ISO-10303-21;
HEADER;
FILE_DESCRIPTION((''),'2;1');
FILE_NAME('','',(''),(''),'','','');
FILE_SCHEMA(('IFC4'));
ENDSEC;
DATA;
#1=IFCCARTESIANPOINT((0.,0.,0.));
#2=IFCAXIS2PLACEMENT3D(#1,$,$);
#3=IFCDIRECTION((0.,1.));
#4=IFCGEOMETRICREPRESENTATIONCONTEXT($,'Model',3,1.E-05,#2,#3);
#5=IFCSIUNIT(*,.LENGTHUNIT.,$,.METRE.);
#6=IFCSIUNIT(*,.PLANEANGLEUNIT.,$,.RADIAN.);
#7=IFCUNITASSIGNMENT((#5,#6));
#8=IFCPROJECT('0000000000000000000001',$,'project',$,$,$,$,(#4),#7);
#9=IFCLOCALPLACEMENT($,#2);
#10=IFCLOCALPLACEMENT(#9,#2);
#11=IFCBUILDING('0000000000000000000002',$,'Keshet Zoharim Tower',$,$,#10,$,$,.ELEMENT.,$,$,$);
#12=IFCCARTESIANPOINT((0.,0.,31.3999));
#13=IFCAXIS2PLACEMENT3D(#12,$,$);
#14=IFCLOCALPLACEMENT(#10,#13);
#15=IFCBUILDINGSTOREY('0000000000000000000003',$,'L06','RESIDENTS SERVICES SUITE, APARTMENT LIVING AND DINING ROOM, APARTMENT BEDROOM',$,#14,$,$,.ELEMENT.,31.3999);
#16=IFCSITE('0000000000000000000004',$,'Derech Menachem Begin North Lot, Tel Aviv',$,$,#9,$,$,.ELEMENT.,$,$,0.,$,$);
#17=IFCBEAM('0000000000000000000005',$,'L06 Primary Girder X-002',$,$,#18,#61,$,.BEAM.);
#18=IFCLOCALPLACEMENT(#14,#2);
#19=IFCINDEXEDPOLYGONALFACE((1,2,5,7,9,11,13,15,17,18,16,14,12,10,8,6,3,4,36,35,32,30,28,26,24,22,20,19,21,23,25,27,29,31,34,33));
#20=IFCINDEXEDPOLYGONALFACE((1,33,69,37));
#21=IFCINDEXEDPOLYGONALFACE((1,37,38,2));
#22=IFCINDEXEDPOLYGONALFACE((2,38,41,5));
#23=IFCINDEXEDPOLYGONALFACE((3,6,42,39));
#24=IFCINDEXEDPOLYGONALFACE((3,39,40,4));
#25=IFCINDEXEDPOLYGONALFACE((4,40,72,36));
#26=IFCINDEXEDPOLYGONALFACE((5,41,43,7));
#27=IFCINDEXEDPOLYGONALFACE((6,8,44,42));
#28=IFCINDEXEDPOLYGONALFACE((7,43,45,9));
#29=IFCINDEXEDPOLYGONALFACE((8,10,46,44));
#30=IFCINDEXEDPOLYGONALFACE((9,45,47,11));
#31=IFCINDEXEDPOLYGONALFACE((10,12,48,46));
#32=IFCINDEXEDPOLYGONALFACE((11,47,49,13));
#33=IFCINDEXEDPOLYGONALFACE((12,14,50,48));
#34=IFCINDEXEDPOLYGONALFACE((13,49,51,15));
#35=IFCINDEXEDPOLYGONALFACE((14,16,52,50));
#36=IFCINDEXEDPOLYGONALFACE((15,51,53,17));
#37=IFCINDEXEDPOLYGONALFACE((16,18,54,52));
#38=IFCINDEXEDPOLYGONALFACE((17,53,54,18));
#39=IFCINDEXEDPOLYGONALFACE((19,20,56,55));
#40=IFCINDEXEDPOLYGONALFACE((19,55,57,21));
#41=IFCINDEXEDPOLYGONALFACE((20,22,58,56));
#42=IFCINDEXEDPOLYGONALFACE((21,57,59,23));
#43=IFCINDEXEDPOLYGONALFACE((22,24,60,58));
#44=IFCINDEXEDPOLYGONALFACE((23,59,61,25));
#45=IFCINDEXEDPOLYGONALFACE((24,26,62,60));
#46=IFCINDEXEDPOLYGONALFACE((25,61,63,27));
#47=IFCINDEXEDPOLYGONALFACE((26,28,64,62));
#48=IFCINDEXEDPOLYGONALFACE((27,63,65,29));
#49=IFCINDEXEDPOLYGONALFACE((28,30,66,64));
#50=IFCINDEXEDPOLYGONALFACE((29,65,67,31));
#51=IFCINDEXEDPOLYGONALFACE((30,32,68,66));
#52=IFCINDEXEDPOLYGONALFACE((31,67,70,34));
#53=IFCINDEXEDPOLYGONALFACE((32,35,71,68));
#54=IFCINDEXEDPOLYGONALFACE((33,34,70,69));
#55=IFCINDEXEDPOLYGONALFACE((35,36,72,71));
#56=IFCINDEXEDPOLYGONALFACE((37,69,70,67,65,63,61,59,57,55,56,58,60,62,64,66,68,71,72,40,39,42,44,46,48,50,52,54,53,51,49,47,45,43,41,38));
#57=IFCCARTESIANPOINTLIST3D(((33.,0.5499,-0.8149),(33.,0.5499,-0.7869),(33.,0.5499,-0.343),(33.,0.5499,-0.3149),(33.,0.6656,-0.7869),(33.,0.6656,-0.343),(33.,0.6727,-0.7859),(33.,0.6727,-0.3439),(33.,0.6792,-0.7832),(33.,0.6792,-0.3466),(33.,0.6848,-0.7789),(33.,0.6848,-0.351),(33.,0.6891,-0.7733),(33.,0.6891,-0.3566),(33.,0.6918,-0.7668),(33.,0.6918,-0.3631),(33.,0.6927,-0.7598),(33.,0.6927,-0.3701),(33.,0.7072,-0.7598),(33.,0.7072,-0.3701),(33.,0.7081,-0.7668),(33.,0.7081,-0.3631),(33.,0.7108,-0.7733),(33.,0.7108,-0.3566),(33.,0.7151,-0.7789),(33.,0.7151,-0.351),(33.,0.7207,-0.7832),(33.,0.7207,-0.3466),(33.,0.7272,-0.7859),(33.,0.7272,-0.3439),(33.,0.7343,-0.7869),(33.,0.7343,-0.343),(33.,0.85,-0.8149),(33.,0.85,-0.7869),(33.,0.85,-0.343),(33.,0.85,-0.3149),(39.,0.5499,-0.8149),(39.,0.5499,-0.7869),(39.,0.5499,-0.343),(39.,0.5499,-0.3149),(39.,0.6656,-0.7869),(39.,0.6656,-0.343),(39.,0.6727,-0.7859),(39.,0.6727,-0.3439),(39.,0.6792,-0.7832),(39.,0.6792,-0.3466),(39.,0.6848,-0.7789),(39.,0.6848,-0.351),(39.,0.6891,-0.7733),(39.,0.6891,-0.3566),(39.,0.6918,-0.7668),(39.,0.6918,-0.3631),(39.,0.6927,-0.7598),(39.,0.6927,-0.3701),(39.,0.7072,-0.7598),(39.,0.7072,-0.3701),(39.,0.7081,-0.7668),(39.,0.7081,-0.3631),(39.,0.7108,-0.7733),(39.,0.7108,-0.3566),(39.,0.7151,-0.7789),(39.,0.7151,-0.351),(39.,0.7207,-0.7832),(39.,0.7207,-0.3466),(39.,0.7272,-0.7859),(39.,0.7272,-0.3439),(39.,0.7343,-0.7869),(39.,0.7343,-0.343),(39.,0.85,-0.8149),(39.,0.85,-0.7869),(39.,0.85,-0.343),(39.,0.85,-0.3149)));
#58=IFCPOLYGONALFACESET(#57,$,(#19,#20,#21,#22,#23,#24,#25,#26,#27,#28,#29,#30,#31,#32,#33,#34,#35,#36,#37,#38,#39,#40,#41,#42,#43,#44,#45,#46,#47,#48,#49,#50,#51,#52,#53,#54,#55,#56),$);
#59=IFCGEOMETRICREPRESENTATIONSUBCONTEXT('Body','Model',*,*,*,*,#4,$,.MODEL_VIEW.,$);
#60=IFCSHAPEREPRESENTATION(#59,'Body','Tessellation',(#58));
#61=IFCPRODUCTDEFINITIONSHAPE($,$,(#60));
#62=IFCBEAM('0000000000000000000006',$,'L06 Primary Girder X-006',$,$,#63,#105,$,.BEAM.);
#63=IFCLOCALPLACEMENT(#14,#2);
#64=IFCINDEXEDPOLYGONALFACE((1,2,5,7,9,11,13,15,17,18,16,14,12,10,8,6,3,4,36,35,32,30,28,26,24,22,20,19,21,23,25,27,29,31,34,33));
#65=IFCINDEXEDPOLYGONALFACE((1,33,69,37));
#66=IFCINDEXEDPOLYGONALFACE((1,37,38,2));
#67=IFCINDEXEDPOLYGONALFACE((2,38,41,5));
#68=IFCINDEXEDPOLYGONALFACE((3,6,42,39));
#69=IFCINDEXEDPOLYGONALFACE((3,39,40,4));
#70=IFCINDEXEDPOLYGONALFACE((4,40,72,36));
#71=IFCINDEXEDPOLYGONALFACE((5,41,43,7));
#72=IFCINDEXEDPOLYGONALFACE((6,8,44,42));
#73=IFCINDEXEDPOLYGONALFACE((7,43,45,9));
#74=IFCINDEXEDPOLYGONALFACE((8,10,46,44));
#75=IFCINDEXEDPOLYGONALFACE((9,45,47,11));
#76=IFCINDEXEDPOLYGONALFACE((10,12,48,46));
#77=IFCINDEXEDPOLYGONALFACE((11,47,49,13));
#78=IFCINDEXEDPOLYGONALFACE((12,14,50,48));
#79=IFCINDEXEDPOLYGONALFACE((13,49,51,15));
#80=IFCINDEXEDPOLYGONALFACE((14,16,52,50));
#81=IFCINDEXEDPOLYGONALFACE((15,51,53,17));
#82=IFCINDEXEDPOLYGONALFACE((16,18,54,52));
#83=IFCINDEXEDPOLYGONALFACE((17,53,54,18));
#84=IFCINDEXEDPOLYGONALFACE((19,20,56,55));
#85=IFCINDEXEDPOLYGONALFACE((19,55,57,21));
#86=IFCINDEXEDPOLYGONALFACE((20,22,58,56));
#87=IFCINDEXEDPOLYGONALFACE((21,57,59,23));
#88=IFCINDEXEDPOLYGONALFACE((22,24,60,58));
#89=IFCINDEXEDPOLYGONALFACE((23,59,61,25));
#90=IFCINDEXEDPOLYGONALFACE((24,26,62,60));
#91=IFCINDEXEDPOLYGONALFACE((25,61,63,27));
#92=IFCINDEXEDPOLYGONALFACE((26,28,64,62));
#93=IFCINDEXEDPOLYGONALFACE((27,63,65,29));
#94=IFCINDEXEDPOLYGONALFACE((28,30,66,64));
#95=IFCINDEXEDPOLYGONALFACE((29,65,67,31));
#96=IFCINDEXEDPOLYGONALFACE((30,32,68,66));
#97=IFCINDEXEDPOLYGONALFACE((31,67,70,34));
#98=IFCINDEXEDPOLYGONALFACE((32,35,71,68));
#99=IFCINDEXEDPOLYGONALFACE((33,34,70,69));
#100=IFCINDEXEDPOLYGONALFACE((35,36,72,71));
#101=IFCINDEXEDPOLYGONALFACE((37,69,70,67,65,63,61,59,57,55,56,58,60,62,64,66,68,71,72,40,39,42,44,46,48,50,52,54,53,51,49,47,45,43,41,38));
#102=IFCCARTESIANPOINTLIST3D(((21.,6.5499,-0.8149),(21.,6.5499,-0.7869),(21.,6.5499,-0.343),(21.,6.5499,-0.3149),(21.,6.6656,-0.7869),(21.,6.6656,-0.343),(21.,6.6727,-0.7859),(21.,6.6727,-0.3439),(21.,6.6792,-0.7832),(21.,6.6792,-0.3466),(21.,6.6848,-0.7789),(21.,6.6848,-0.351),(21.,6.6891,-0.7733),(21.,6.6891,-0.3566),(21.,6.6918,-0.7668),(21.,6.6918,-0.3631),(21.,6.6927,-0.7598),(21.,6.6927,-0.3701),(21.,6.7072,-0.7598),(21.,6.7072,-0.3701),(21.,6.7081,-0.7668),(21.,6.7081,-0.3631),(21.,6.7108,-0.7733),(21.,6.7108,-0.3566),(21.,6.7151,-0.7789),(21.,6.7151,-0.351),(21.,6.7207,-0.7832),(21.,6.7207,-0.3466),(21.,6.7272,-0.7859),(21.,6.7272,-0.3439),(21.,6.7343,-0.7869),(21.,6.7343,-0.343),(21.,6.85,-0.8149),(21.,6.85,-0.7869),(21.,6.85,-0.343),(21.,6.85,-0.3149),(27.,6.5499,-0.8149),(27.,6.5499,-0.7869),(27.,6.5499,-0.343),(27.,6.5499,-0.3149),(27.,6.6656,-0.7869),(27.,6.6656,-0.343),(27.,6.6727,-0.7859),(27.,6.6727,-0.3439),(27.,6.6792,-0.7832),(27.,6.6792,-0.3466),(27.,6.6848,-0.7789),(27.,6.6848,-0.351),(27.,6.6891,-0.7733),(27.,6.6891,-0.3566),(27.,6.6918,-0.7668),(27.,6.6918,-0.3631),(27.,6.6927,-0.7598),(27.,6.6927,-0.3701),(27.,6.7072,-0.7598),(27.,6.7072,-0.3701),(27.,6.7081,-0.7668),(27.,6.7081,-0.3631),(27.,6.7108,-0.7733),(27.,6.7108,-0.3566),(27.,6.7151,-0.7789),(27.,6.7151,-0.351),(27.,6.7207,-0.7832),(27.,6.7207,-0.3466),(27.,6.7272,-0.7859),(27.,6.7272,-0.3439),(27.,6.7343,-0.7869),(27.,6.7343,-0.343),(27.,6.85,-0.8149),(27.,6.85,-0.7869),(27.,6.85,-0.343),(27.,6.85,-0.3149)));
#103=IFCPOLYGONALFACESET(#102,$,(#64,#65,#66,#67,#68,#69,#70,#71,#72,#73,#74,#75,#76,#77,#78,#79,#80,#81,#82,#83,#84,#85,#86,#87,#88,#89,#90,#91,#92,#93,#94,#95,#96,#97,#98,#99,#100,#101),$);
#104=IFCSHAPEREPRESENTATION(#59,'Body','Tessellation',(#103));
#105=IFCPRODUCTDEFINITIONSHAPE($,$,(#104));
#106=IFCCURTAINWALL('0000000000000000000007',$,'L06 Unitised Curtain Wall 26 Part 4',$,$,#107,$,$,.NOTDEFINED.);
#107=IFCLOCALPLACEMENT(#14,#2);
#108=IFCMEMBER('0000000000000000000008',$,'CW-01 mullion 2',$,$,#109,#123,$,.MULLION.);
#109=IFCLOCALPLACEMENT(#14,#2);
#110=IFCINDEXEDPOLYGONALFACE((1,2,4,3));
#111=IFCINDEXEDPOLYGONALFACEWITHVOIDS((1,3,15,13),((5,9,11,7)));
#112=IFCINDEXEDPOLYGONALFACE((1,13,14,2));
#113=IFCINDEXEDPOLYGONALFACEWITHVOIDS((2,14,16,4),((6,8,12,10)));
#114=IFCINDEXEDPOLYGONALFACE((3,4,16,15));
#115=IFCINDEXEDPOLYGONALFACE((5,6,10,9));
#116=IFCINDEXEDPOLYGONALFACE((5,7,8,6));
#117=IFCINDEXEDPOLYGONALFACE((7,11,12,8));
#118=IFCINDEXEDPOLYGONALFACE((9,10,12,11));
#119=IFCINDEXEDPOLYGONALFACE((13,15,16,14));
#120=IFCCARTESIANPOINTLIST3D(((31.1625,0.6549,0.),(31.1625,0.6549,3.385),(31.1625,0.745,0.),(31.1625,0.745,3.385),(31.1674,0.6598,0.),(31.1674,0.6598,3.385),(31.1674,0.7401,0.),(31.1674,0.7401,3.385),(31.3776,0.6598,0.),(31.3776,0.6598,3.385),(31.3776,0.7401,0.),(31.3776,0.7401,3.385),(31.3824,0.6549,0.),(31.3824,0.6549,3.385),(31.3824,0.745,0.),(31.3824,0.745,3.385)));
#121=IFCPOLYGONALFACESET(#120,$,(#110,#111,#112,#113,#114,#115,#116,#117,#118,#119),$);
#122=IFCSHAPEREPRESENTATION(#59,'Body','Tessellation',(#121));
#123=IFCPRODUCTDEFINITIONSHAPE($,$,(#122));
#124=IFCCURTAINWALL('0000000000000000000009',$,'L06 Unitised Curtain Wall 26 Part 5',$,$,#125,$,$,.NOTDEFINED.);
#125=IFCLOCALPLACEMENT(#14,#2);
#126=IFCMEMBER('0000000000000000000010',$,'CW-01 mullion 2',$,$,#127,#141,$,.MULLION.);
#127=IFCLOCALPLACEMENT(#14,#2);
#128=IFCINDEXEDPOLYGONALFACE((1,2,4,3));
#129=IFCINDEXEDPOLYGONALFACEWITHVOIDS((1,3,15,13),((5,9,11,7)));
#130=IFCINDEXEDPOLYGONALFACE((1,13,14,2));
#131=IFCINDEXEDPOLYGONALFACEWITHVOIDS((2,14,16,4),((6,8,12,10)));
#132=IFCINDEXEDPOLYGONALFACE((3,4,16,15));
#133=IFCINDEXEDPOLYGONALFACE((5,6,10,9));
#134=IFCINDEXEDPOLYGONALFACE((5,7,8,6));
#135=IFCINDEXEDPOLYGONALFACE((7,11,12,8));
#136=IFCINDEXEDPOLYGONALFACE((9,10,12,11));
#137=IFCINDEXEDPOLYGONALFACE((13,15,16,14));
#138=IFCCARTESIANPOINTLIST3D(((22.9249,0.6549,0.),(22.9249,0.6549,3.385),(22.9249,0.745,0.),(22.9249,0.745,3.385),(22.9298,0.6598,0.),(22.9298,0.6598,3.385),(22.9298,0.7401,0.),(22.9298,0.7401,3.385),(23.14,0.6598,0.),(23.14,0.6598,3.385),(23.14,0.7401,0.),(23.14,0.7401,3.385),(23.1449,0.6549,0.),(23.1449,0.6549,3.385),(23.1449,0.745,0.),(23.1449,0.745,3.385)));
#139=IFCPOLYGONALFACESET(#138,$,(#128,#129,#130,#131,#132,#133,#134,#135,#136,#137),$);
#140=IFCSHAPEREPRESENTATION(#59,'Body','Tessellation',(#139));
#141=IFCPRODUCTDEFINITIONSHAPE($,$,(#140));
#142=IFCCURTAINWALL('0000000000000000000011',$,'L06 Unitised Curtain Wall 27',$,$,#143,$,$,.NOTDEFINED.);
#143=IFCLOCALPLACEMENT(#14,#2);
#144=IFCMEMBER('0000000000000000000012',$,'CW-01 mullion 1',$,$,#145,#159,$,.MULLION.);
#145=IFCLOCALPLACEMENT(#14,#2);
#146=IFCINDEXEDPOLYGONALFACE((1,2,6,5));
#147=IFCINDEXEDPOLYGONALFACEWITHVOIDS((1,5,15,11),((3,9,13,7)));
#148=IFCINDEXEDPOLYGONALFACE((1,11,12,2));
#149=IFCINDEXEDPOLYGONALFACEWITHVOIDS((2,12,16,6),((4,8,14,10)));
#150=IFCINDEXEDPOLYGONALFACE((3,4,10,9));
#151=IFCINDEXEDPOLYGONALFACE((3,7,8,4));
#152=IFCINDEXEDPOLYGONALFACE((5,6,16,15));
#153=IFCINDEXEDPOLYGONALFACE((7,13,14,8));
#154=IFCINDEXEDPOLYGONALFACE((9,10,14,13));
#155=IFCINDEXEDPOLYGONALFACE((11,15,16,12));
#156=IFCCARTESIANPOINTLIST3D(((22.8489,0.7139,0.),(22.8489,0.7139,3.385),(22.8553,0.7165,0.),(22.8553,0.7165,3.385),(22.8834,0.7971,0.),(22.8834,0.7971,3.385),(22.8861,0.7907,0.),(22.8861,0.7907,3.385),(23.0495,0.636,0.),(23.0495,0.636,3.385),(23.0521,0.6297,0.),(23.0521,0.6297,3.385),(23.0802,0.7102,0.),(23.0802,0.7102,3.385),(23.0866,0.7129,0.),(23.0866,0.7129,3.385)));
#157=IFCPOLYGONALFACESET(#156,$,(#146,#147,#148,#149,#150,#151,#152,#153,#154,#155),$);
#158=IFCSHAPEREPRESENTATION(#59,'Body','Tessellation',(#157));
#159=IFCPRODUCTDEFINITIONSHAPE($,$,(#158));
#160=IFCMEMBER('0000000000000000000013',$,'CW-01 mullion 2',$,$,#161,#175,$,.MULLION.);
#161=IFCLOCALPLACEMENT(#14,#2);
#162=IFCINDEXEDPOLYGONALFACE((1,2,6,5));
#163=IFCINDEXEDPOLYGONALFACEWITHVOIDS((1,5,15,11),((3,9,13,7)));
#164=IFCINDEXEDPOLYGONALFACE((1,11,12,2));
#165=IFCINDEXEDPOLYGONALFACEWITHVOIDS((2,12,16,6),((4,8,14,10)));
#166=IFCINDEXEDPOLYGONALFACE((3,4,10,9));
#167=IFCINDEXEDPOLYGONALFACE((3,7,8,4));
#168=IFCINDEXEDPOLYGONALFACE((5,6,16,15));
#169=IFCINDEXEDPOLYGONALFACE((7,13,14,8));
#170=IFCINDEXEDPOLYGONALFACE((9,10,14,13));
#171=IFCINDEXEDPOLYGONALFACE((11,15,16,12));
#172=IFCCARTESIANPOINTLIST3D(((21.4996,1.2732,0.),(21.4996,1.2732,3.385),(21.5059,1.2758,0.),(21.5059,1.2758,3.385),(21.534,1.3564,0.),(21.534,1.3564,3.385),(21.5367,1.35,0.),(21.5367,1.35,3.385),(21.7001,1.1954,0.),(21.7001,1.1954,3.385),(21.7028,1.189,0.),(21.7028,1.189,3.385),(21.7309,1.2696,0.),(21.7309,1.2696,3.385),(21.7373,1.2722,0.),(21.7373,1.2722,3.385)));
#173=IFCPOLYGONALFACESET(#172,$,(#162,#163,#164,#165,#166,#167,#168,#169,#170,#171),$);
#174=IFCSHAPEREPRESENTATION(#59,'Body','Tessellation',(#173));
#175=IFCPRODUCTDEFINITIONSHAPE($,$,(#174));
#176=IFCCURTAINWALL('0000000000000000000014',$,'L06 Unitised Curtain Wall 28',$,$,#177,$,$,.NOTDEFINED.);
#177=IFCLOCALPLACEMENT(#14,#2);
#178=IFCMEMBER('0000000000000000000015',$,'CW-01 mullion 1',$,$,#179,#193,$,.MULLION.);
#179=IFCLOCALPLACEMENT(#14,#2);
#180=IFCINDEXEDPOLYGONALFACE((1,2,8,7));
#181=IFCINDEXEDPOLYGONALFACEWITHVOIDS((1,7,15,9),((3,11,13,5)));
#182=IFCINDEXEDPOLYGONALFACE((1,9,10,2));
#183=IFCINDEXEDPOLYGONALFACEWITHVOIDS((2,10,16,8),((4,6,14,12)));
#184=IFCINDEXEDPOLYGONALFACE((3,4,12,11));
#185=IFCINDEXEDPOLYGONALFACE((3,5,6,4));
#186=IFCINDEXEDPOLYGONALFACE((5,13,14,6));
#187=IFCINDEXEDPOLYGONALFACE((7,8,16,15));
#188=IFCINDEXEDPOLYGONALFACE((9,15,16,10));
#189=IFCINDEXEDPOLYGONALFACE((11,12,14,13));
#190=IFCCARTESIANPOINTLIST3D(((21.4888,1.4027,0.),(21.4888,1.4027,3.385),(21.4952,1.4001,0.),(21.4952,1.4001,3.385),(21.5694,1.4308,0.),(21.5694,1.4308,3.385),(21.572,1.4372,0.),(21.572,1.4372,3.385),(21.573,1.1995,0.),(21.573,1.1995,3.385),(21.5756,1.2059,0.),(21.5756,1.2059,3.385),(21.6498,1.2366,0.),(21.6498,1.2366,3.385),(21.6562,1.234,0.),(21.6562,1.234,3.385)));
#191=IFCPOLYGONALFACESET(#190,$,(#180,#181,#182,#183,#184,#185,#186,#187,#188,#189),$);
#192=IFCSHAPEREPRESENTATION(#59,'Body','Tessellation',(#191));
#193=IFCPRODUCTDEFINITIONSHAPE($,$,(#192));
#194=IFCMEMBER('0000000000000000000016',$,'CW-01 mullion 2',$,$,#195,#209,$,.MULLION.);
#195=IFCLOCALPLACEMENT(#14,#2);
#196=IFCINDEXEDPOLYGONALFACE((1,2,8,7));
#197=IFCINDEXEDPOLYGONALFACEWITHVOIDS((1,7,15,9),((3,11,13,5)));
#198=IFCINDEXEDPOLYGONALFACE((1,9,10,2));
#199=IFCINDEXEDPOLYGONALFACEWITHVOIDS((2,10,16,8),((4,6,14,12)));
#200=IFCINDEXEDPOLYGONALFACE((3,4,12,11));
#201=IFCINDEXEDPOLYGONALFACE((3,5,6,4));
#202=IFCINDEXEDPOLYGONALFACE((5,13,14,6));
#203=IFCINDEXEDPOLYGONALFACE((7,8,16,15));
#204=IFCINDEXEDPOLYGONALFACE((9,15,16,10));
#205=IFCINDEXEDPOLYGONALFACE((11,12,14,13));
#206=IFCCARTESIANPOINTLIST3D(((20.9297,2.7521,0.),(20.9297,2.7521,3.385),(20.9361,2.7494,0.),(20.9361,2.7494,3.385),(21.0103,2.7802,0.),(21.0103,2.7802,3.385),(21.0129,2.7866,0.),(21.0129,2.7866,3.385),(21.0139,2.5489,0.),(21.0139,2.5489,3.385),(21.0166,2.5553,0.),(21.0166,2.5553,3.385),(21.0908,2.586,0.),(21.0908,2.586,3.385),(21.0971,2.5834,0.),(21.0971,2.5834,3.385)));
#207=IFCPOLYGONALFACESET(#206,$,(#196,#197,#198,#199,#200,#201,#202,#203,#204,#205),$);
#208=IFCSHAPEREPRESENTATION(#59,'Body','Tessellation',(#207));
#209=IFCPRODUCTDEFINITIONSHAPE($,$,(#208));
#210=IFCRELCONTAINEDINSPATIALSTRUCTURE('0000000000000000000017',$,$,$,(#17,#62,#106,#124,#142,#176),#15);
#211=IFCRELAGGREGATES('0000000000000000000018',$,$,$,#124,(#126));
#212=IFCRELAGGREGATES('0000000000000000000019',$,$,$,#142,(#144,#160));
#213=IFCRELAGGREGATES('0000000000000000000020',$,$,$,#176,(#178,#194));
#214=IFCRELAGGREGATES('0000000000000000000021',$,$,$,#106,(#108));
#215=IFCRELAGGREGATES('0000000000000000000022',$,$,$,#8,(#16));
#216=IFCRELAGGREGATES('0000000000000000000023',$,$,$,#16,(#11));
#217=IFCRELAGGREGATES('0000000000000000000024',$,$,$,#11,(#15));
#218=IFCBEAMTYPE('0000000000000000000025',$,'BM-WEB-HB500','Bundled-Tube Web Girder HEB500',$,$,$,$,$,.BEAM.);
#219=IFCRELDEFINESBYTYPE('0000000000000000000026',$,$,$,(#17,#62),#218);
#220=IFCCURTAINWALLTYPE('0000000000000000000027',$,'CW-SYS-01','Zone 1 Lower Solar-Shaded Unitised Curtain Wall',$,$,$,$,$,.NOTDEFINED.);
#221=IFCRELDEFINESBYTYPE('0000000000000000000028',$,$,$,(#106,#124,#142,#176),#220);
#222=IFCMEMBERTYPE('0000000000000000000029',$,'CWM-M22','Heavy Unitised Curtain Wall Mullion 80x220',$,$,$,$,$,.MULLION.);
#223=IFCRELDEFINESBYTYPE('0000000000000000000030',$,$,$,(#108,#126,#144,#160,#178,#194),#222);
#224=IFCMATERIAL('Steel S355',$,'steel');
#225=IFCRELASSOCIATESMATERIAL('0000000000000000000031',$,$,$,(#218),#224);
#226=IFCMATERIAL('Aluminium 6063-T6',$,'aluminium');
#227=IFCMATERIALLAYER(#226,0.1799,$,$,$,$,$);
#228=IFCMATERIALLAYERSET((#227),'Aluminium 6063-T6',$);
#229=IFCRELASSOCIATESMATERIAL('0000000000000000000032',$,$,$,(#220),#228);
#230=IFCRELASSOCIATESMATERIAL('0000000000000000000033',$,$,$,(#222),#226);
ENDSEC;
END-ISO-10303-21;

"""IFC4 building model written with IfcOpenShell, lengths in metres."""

from ifc_helpers import new_model, si_unit, direction, frame, origin, origin_2d, place, context, subcontext, project, spatial, hollow_rectangle, i_section, extrude, material, layer, layer_set, material_profile, profile_set, type_object, element, aggregate, save


model = new_model("IFC4")

# Units and contexts
model_context = context("Model", 3, precision=1e-05, world=origin(), true_north=direction((0.0, 1.0)))
body_context = subcontext(model_context, "Body", "Model", "MODEL_VIEW")
ifc_project = project(units=[si_unit("LENGTHUNIT", "METRE"), si_unit("PLANEANGLEUNIT", "RADIAN")], contexts=[model_context])

# Site, building, storey
site_placement = place(None, origin())
site = spatial("IfcSite", under=ifc_project, at=site_placement, Name="Derech Menachem Begin North Lot, Tel Aviv", CompositionType="ELEMENT", RefElevation=0.0)
building_placement = place(site_placement, origin())
building = spatial("IfcBuilding", under=site, at=building_placement, Name="Keshet Zoharim Tower", CompositionType="ELEMENT")
storey_placement = place(building_placement, frame((0.0, 0.0, 31.3999)))
storey = spatial("IfcBuildingStorey", under=building, at=storey_placement, Name="L06", Description="RESIDENTS SERVICES SUITE, APARTMENT LIVING AND DINING ROOM, APARTMENT BEDROOM", CompositionType="ELEMENT", Elevation=31.3999)

# Shared definitions
ifc_material_1 = material(Name="Steel S355", Category="steel")

# Beams
ifc_material_profile_1 = material_profile(ifc_material_1, i_section(OverallWidth=0.3, OverallDepth=0.5, WebThickness=0.0144, FlangeThickness=0.0281, FilletRadius=0.0271, at=origin_2d()), Name="HEB500")
ifc_profile_set_1 = profile_set([ifc_material_profile_1], Name="Steel S355")
beam_type_1 = type_object("IfcBeamType", Name="BM-WEB-HB500", Description="Bundled-Tube Web Girder HEB500", PredefinedType="BEAM", material=ifc_profile_set_1)
for number, where, z_axis, x_axis, name in (
    (1, (33.0, 0.7, -0.5649), (1.0, 0.0, 0.0), (0.0, 1.0, 0.0), "L06 Primary Girder X-002"),
    (2, (21.0, 6.7, -0.5649), (1.0, 0.0, 0.0), (0.0, 1.0, 0.0), "L06 Primary Girder X-006"),
):
    element("IfcBeam", number, at=place(storey_placement, frame(where, z_axis=z_axis, x_axis=x_axis)), inside=storey, type_object=beam_type_1, Name=name, PredefinedType="BEAM", context=body_context, shape_type="SweptSolid", body=[
        extrude(i_section(OverallWidth=0.3, OverallDepth=0.5, WebThickness=0.0144, FlangeThickness=0.0281, FilletRadius=0.0271, at=origin_2d()), origin(), (0.0, 0.0, 1.0), 6.0),
    ])

# Curtain walls, members
ifc_material_2 = material(Name="Aluminium 6063-T6", Category="aluminium")
ifc_layer_1 = layer(ifc_material_2, 0.1799)
ifc_layer_set_1 = layer_set([ifc_layer_1], Name="Aluminium 6063-T6")
curtain_wall_type = type_object("IfcCurtainWallType", Name="CW-SYS-01", Description="Zone 1 Lower Solar-Shaded Unitised Curtain Wall", PredefinedType="NOTDEFINED", material=ifc_layer_set_1)
curtain_wall_1_placement = place(storey_placement, origin())
curtain_wall_1 = element("IfcCurtainWall", 3, at=curtain_wall_1_placement, inside=storey, type_object=curtain_wall_type, Name="L06 Unitised Curtain Wall 26 Part 4", PredefinedType="NOTDEFINED")
ifc_material_profile_2 = material_profile(ifc_material_2, hollow_rectangle(XDim=0.0901, YDim=0.22, WallThickness=0.0049, at=origin_2d()), Name="MUL-90x220")
ifc_profile_set_2 = profile_set([ifc_material_profile_2], Name="Aluminium 6063-T6")
member_type_1 = type_object("IfcMemberType", Name="CWM-M22", Description="Heavy Unitised Curtain Wall Mullion 80x220", PredefinedType="MULLION", material=ifc_profile_set_2)
member_1_placement = place(storey_placement, frame((31.2725, 0.7, 0.0), z_axis=(0.0, 0.0, 1.0), x_axis=(0.0, -1.0, 0.0)))
member_1 = element("IfcMember", 4, at=member_1_placement, type_object=member_type_1, Name="CW-01 mullion 2", PredefinedType="MULLION", context=body_context, shape_type="SweptSolid", body=[
    extrude(hollow_rectangle(XDim=0.0901, YDim=0.22, WallThickness=0.0049, at=origin_2d()), origin(), (0.0, 0.0, 1.0), 3.385),
])
curtain_wall_2_placement = place(storey_placement, origin())
curtain_wall_2 = element("IfcCurtainWall", 5, at=curtain_wall_2_placement, inside=storey, type_object=curtain_wall_type, Name="L06 Unitised Curtain Wall 26 Part 5", PredefinedType="NOTDEFINED")
member_2_placement = place(storey_placement, frame((23.0349, 0.7, 0.0), z_axis=(0.0, 0.0, 1.0), x_axis=(0.0, -1.0, 0.0)))
member_2 = element("IfcMember", 6, at=member_2_placement, type_object=member_type_1, Name="CW-01 mullion 2", PredefinedType="MULLION", context=body_context, shape_type="SweptSolid", body=[
    extrude(hollow_rectangle(XDim=0.0901, YDim=0.22, WallThickness=0.0049, at=origin_2d()), origin(), (0.0, 0.0, 1.0), 3.385),
])

# Curtain walls, members
curtain_wall_3_placement = place(storey_placement, origin())
curtain_wall_3 = element("IfcCurtainWall", 7, at=curtain_wall_3_placement, inside=storey, type_object=curtain_wall_type, Name="L06 Unitised Curtain Wall 27", PredefinedType="NOTDEFINED")
member_3_placement = place(storey_placement, frame((22.9678, 0.7134, 0.0), z_axis=(0.0, 0.0, 1.0), x_axis=(-0.382852, -0.92381, 0.0)))
member_3 = element("IfcMember", 8, at=member_3_placement, type_object=member_type_1, Name="CW-01 mullion 1", PredefinedType="MULLION", context=body_context, shape_type="SweptSolid", body=[
    extrude(hollow_rectangle(XDim=0.0901, YDim=0.22, WallThickness=0.0049, at=origin_2d()), origin(), (0.0, 0.0, 1.0), 3.385),
])
member_4_placement = place(storey_placement, frame((21.6184, 1.2727, 0.0), z_axis=(0.0, 0.0, 1.0), x_axis=(-0.382852, -0.92381, 0.0)))
member_4 = element("IfcMember", 9, at=member_4_placement, type_object=member_type_1, Name="CW-01 mullion 2", PredefinedType="MULLION", context=body_context, shape_type="SweptSolid", body=[
    extrude(hollow_rectangle(XDim=0.0901, YDim=0.22, WallThickness=0.0049, at=origin_2d()), origin(), (0.0, 0.0, 1.0), 3.385),
])
curtain_wall_4_placement = place(storey_placement, origin())
curtain_wall_4 = element("IfcCurtainWall", 10, at=curtain_wall_4_placement, inside=storey, type_object=curtain_wall_type, Name="L06 Unitised Curtain Wall 28", PredefinedType="NOTDEFINED")
member_5_placement = place(storey_placement, frame((21.5725, 1.3184, 0.0), z_axis=(0.0, 0.0, 1.0), x_axis=(-0.92381, -0.382852, 0.0)))
member_5 = element("IfcMember", 11, at=member_5_placement, type_object=member_type_1, Name="CW-01 mullion 1", PredefinedType="MULLION", context=body_context, shape_type="SweptSolid", body=[
    extrude(hollow_rectangle(XDim=0.0901, YDim=0.22, WallThickness=0.0049, at=origin_2d()), origin(), (0.0, 0.0, 1.0), 3.385),
])
member_6_placement = place(storey_placement, frame((21.0134, 2.6677, 0.0), z_axis=(0.0, 0.0, 1.0), x_axis=(-0.92381, -0.382852, 0.0)))
member_6 = element("IfcMember", 12, at=member_6_placement, type_object=member_type_1, Name="CW-01 mullion 2", PredefinedType="MULLION", context=body_context, shape_type="SweptSolid", body=[
    extrude(hollow_rectangle(XDim=0.0901, YDim=0.22, WallThickness=0.0049, at=origin_2d()), origin(), (0.0, 0.0, 1.0), 3.385),
])

aggregate(curtain_wall_2, [member_2])
aggregate(curtain_wall_3, [member_3, member_4])
aggregate(curtain_wall_4, [member_5, member_6])
aggregate(curtain_wall_1, [member_1])

save(model, "model.ifc")
